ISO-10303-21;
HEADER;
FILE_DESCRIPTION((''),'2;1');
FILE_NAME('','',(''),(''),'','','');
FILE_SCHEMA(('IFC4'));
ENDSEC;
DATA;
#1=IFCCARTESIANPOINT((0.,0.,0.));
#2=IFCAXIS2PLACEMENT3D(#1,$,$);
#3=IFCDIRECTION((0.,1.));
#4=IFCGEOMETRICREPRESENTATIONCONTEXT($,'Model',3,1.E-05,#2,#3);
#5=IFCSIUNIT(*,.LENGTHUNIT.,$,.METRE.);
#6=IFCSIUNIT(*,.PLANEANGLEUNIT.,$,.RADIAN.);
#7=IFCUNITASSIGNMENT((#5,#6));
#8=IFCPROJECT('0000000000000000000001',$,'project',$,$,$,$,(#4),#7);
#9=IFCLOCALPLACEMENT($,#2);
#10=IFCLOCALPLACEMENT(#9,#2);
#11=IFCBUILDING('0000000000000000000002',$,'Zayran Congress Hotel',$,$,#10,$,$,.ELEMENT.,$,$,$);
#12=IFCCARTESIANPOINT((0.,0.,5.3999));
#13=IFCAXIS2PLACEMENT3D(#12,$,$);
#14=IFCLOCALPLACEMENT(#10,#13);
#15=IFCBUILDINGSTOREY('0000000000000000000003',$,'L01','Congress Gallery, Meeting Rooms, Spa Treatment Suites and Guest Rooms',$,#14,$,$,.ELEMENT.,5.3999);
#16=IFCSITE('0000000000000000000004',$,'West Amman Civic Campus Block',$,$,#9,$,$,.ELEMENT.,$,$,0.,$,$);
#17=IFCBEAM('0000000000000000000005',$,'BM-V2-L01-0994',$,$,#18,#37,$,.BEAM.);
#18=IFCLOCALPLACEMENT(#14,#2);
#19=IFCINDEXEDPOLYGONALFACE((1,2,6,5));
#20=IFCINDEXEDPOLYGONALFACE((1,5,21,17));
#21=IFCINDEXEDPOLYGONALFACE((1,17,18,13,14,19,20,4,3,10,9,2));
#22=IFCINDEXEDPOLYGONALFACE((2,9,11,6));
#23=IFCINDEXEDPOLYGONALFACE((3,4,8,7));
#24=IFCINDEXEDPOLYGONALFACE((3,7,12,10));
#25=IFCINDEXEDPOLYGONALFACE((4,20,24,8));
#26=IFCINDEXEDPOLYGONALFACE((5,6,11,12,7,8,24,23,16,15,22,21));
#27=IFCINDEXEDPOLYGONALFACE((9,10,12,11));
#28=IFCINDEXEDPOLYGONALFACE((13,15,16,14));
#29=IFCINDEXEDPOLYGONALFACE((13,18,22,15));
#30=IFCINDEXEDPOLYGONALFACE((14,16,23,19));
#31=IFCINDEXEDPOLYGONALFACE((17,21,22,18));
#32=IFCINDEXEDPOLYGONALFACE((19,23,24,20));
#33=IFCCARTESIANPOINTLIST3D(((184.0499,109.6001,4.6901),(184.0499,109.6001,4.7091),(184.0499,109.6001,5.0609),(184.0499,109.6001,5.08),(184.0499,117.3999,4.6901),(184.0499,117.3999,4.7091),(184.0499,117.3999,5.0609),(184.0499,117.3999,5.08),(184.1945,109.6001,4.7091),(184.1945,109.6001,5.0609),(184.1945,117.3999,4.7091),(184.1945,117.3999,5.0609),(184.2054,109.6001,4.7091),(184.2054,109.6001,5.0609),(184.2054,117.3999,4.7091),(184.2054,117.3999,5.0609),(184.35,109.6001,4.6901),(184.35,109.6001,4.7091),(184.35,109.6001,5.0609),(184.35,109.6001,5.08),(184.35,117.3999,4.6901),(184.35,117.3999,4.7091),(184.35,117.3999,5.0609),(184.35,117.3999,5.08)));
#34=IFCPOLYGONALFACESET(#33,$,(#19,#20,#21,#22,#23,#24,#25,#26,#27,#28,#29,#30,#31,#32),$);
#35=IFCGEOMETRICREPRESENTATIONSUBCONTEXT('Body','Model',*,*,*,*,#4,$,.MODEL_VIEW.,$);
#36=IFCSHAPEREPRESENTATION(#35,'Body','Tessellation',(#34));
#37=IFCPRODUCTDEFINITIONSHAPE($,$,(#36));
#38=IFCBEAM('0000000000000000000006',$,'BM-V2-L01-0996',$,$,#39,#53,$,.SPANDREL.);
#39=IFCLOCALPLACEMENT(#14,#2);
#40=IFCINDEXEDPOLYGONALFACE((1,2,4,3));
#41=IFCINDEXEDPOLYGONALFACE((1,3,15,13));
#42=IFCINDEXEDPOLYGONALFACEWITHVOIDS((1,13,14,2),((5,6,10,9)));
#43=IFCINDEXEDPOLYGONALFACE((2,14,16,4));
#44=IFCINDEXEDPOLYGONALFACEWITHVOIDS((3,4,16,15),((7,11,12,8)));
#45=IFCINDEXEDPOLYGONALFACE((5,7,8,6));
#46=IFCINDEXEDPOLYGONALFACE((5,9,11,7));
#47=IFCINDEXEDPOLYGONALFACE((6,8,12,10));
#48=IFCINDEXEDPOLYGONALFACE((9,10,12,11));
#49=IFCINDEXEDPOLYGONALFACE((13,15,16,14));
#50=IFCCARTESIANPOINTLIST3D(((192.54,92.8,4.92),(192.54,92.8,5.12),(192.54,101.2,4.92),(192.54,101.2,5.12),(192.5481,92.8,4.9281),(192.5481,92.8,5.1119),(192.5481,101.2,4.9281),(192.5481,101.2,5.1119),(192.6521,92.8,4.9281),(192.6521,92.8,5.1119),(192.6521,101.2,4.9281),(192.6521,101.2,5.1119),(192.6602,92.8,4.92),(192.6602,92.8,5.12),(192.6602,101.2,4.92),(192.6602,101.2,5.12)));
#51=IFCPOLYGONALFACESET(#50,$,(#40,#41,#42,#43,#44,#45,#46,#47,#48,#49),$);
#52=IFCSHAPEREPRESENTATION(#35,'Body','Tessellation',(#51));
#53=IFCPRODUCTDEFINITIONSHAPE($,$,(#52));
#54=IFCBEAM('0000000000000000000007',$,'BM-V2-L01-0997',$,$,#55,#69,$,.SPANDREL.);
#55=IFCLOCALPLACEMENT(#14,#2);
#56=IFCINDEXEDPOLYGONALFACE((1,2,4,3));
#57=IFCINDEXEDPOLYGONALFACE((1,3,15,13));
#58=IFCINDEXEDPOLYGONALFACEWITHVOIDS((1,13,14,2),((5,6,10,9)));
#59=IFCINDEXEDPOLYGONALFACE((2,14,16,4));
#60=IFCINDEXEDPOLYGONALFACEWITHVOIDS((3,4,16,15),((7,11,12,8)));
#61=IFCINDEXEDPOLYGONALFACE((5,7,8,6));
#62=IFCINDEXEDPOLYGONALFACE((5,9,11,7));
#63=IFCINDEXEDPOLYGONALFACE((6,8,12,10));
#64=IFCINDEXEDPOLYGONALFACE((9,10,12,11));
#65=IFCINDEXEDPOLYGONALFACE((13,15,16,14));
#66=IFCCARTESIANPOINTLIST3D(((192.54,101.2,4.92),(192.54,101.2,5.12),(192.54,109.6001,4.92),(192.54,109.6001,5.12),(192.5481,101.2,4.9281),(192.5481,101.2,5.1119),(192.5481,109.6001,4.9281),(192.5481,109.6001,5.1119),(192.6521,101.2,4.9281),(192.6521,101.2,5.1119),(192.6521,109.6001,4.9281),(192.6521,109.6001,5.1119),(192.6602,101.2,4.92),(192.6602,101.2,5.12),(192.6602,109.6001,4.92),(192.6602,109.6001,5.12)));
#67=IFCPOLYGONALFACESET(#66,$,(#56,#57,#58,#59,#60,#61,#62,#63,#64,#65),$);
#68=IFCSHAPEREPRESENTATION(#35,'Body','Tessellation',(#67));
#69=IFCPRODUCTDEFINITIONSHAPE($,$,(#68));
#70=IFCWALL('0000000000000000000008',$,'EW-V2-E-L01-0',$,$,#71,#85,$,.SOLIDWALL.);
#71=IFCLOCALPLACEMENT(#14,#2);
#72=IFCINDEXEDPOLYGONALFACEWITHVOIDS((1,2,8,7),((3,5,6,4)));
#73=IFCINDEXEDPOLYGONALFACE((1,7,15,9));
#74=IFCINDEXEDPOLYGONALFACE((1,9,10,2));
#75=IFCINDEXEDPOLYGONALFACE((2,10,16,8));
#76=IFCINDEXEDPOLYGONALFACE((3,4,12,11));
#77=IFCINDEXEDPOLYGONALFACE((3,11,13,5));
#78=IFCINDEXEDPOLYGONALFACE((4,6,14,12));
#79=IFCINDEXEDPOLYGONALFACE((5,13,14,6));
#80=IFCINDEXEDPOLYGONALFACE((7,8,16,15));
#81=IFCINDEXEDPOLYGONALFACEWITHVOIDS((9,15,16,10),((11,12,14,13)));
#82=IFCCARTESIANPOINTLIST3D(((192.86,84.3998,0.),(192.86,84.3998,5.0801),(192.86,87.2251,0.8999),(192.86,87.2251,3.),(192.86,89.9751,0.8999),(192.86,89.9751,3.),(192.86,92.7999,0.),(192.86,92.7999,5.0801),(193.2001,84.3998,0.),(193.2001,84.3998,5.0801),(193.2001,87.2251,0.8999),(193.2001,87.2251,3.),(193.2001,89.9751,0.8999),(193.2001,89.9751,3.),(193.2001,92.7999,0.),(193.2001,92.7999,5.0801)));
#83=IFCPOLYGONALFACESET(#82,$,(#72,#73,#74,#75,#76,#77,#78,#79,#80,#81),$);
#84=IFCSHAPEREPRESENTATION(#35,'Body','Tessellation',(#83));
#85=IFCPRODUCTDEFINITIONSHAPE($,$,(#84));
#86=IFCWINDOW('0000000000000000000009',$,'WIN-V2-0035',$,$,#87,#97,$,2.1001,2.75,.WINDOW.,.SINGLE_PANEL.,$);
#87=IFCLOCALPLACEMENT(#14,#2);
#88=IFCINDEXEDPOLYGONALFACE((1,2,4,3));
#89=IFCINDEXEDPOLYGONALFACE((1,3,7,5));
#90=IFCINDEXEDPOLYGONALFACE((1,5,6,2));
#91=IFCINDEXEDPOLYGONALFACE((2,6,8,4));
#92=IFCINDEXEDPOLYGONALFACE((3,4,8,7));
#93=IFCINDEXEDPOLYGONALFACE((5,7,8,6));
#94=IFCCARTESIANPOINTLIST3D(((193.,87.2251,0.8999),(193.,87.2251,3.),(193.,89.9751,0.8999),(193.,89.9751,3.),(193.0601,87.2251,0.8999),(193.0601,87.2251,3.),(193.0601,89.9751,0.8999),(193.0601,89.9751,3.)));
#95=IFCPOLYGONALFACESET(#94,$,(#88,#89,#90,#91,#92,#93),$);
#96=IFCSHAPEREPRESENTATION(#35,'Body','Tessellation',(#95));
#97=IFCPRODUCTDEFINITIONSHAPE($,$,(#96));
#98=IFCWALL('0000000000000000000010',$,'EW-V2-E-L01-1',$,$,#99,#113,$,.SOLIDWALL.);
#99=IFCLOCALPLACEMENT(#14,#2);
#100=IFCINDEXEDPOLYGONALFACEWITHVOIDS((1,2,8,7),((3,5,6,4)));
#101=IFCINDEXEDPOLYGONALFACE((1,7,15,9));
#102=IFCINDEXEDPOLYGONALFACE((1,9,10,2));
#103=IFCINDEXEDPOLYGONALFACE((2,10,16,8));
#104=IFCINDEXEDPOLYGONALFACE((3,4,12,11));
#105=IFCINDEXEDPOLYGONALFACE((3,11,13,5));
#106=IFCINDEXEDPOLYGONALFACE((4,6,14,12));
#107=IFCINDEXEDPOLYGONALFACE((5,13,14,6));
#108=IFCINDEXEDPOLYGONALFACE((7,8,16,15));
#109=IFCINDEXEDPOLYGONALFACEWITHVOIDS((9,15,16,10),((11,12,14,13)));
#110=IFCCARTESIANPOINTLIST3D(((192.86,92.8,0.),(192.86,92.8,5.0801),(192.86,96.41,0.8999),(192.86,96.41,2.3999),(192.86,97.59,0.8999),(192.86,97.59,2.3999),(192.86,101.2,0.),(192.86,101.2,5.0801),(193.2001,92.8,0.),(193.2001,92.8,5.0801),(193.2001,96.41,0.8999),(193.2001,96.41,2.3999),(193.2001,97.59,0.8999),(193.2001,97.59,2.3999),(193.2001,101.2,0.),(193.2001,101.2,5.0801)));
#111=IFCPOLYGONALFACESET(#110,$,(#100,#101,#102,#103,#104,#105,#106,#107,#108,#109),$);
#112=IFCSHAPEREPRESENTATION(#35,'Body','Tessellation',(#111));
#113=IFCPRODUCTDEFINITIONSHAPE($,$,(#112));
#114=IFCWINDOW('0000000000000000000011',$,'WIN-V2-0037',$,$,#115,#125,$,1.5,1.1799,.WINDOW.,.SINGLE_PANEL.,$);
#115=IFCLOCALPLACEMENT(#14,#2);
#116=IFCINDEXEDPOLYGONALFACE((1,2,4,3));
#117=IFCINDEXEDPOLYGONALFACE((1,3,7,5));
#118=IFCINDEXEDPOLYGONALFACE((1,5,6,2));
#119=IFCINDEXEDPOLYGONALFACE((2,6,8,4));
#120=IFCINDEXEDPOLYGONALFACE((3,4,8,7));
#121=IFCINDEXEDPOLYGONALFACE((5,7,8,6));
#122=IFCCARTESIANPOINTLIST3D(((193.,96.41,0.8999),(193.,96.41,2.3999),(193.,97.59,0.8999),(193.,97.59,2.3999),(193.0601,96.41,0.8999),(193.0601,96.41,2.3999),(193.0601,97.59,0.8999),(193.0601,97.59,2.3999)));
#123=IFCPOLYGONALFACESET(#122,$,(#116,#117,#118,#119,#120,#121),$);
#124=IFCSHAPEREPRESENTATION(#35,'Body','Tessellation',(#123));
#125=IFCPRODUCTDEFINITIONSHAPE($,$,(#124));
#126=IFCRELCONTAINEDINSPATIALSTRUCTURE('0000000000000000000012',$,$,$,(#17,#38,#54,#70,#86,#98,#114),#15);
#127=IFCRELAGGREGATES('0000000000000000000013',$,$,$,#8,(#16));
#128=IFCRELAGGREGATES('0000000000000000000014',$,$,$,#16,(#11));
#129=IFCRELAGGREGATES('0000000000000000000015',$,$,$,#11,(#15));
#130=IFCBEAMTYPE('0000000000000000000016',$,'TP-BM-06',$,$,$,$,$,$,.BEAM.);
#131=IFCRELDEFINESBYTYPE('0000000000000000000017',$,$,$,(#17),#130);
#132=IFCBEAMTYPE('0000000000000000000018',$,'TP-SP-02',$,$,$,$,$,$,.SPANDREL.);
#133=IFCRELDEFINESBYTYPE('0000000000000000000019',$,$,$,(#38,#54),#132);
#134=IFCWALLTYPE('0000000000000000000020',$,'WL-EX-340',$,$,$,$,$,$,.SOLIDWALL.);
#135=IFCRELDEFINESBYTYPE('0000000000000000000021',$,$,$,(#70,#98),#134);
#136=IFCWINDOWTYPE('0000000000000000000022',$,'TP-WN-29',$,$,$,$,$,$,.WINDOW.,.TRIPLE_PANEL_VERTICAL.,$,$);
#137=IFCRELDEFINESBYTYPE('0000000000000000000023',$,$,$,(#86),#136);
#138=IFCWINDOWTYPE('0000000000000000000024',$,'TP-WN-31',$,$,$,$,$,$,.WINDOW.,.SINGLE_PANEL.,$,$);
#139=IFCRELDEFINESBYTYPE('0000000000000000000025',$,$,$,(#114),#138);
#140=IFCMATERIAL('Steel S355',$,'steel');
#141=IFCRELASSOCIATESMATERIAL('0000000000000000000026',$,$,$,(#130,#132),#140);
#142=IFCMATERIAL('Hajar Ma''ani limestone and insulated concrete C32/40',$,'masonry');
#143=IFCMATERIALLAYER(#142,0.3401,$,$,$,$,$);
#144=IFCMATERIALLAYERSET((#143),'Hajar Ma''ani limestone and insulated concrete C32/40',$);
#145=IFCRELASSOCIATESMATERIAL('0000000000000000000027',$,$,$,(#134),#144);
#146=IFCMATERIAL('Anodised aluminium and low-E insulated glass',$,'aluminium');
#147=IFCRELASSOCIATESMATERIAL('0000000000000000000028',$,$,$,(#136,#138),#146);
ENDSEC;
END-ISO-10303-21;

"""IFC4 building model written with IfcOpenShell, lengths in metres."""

from ifc_helpers import new_model, si_unit, direction, frame, frame_2d, origin, origin_2d, place, context, subcontext, project, spatial, rectangle, hollow_rectangle, i_section, extrude, material, layer, layer_set, material_profile, profile_set, type_object, element, fill, save


model = new_model("IFC4")

# Units and contexts
model_context = context("Model", 3, precision=1e-05, world=origin(), true_north=direction((0.0, 1.0)))
body_context = subcontext(model_context, "Body", "Model", "MODEL_VIEW")
ifc_project = project(units=[si_unit("LENGTHUNIT", "METRE"), si_unit("PLANEANGLEUNIT", "RADIAN")], contexts=[model_context])

# Site, building, storey
site_placement = place(None, origin())
site = spatial("IfcSite", under=ifc_project, at=site_placement, Name="West Amman Civic Campus Block", CompositionType="ELEMENT", RefElevation=0.0)
building_placement = place(site_placement, origin())
building = spatial("IfcBuilding", under=site, at=building_placement, Name="Zayran Congress Hotel", CompositionType="ELEMENT")
storey_placement = place(building_placement, frame((0.0, 0.0, 5.3999)))
storey = spatial("IfcBuildingStorey", under=building, at=storey_placement, Name="L01", Description="Congress Gallery, Meeting Rooms, Spa Treatment Suites and Guest Rooms", CompositionType="ELEMENT", Elevation=5.3999)

# Shared definitions
ifc_material_1 = material(Name="Steel S355", Category="steel")

# Beams
ifc_material_profile_1 = material_profile(ifc_material_1, i_section(OverallWidth=0.3, OverallDepth=0.3899, WebThickness=0.011, FlangeThickness=0.019, at=origin_2d()), Name="HEA 400")
ifc_profile_set_1 = profile_set([ifc_material_profile_1], Name="Steel S355")
beam_type_1 = type_object("IfcBeamType", Name="TP-BM-06", PredefinedType="BEAM", material=ifc_profile_set_1)
beam_1_placement = place(storey_placement, frame((184.2, 109.6001, 4.885), z_axis=(0.0, 1.0, 0.0), x_axis=(-1.0, 0.0, 0.0)))
element("IfcBeam", 1, at=beam_1_placement, inside=storey, type_object=beam_type_1, Name="BM-V2-L01-0994", PredefinedType="BEAM", context=body_context, shape_type="SweptSolid", body=[
    extrude(i_section(OverallWidth=0.3, OverallDepth=0.3899, WebThickness=0.011, FlangeThickness=0.019, at=origin_2d()), origin(), (0.0, 0.0, 1.0), 7.7998),
])
ifc_material_profile_2 = material_profile(ifc_material_1, hollow_rectangle(XDim=0.1201, YDim=0.2, WallThickness=0.0081, at=origin_2d()), Name="RHS 200x120x8")
ifc_profile_set_2 = profile_set([ifc_material_profile_2], Name="Steel S355")
beam_type_2 = type_object("IfcBeamType", Name="TP-SP-02", PredefinedType="SPANDREL", material=ifc_profile_set_2)
beam_2_placement = place(storey_placement, frame((192.6001, 92.8, 5.02), z_axis=(0.0, 1.0, 0.0), x_axis=(-1.0, 0.0, 0.0)))
element("IfcBeam", 2, at=beam_2_placement, inside=storey, type_object=beam_type_2, Name="BM-V2-L01-0996", PredefinedType="SPANDREL", context=body_context, shape_type="SweptSolid", body=[
    extrude(hollow_rectangle(XDim=0.1201, YDim=0.2, WallThickness=0.0081, at=origin_2d()), origin(), (0.0, 0.0, 1.0), 8.3999),
])
beam_3_placement = place(storey_placement, frame((192.6001, 101.2, 5.02), z_axis=(0.0, 1.0, 0.0), x_axis=(-1.0, 0.0, 0.0)))
element("IfcBeam", 3, at=beam_3_placement, inside=storey, type_object=beam_type_2, Name="BM-V2-L01-0997", PredefinedType="SPANDREL", context=body_context, shape_type="SweptSolid", body=[
    extrude(hollow_rectangle(XDim=0.1201, YDim=0.2, WallThickness=0.0081, at=origin_2d()), origin(), (0.0, 0.0, 1.0), 8.4001),
])

# Walls, openings, windows
ifc_material_2 = material(Name="Hajar Ma'ani limestone and insulated concrete C32/40", Category="masonry")
ifc_layer = layer(ifc_material_2, 0.3401)
ifc_layer_set = layer_set([ifc_layer], Name="Hajar Ma'ani limestone and insulated concrete C32/40")
wall_type = type_object("IfcWallType", Name="WL-EX-340", PredefinedType="SOLIDWALL", material=ifc_layer_set)
wall_1_placement = place(storey_placement, frame((193.03, 92.8, 0.0), z_axis=(0.0, 0.0, 1.0), x_axis=(0.0, -1.0, 0.0)))
wall_1 = element("IfcWall", 4, at=wall_1_placement, inside=storey, type_object=wall_type, Name="EW-V2-E-L01-0", PredefinedType="SOLIDWALL", context=body_context, shape_type="SweptSolid", body=[
    extrude(rectangle(XDim=8.4001, YDim=0.3401, at=frame_2d((4.2002, 0.0))), origin(), (0.0, 0.0, 1.0), 5.0801),
])
opening_1_placement = place(wall_1_placement, frame((2.825, 0.0, 0.8999)))
opening_1 = element("IfcOpeningElement", 5, at=opening_1_placement, cuts=wall_1, PredefinedType="OPENING", context=body_context, shape_type="SweptSolid", body=[
    extrude(rectangle(XDim=2.75, YDim=2.1001, at=frame_2d((1.375, 1.05))), frame((0.0, 0.1799, 0.0), z_axis=(0.0, -1.0, 0.0), x_axis=(1.0, 0.0, 0.0)), (0.0, 0.0, 1.0), 0.3601),
])
ifc_material_3 = material(Name="Anodised aluminium and low-E insulated glass", Category="aluminium")
window_type_1 = type_object("IfcWindowType", Name="TP-WN-29", PartitioningType="TRIPLE_PANEL_VERTICAL", PredefinedType="WINDOW", material=ifc_material_3)
window_1_placement = place(opening_1_placement, origin())
window_1 = element("IfcWindow", 6, at=window_1_placement, inside=storey, type_object=window_type_1, Name="WIN-V2-0035", OverallHeight=2.1001, OverallWidth=2.75, PartitioningType="SINGLE_PANEL", PredefinedType="WINDOW", context=body_context, shape_type="SweptSolid", body=[
    extrude(rectangle(XDim=2.75, YDim=2.1001, at=frame_2d((1.375, 1.05))), frame((0.0, 0.03, 0.0), z_axis=(0.0, -1.0, 0.0), x_axis=(1.0, 0.0, 0.0)), (0.0, 0.0, 1.0), 0.0601),
])
fill(opening_1, window_1)
wall_2_placement = place(storey_placement, frame((193.03, 101.2, 0.0), z_axis=(0.0, 0.0, 1.0), x_axis=(0.0, -1.0, 0.0)))
wall_2 = element("IfcWall", 7, at=wall_2_placement, inside=storey, type_object=wall_type, Name="EW-V2-E-L01-1", PredefinedType="SOLIDWALL", context=body_context, shape_type="SweptSolid", body=[
    extrude(rectangle(XDim=8.3999, YDim=0.3401, at=frame_2d((4.2, 0.0))), origin(), (0.0, 0.0, 1.0), 5.0801),
])
opening_2_placement = place(wall_2_placement, frame((3.6101, 0.0, 0.8999)))
opening_2 = element("IfcOpeningElement", 8, at=opening_2_placement, cuts=wall_2, PredefinedType="OPENING", context=body_context, shape_type="SweptSolid", body=[
    extrude(rectangle(XDim=1.1799, YDim=1.5, at=frame_2d((0.5898, 0.75))), frame((0.0, 0.1799, 0.0), z_axis=(0.0, -1.0, 0.0), x_axis=(1.0, 0.0, 0.0)), (0.0, 0.0, 1.0), 0.3601),
])
window_type_2 = type_object("IfcWindowType", Name="TP-WN-31", PartitioningType="SINGLE_PANEL", PredefinedType="WINDOW", material=ifc_material_3)
window_2_placement = place(opening_2_placement, origin())
window_2 = element("IfcWindow", 9, at=window_2_placement, inside=storey, type_object=window_type_2, Name="WIN-V2-0037", OverallHeight=1.5, OverallWidth=1.1799, PartitioningType="SINGLE_PANEL", PredefinedType="WINDOW", context=body_context, shape_type="SweptSolid", body=[
    extrude(rectangle(XDim=1.1799, YDim=1.5, at=frame_2d((0.5898, 0.75))), frame((0.0, 0.03, 0.0), z_axis=(0.0, -1.0, 0.0), x_axis=(1.0, 0.0, 0.0)), (0.0, 0.0, 1.0), 0.0601),
])
fill(opening_2, window_2)

save(model, "model.ifc")
